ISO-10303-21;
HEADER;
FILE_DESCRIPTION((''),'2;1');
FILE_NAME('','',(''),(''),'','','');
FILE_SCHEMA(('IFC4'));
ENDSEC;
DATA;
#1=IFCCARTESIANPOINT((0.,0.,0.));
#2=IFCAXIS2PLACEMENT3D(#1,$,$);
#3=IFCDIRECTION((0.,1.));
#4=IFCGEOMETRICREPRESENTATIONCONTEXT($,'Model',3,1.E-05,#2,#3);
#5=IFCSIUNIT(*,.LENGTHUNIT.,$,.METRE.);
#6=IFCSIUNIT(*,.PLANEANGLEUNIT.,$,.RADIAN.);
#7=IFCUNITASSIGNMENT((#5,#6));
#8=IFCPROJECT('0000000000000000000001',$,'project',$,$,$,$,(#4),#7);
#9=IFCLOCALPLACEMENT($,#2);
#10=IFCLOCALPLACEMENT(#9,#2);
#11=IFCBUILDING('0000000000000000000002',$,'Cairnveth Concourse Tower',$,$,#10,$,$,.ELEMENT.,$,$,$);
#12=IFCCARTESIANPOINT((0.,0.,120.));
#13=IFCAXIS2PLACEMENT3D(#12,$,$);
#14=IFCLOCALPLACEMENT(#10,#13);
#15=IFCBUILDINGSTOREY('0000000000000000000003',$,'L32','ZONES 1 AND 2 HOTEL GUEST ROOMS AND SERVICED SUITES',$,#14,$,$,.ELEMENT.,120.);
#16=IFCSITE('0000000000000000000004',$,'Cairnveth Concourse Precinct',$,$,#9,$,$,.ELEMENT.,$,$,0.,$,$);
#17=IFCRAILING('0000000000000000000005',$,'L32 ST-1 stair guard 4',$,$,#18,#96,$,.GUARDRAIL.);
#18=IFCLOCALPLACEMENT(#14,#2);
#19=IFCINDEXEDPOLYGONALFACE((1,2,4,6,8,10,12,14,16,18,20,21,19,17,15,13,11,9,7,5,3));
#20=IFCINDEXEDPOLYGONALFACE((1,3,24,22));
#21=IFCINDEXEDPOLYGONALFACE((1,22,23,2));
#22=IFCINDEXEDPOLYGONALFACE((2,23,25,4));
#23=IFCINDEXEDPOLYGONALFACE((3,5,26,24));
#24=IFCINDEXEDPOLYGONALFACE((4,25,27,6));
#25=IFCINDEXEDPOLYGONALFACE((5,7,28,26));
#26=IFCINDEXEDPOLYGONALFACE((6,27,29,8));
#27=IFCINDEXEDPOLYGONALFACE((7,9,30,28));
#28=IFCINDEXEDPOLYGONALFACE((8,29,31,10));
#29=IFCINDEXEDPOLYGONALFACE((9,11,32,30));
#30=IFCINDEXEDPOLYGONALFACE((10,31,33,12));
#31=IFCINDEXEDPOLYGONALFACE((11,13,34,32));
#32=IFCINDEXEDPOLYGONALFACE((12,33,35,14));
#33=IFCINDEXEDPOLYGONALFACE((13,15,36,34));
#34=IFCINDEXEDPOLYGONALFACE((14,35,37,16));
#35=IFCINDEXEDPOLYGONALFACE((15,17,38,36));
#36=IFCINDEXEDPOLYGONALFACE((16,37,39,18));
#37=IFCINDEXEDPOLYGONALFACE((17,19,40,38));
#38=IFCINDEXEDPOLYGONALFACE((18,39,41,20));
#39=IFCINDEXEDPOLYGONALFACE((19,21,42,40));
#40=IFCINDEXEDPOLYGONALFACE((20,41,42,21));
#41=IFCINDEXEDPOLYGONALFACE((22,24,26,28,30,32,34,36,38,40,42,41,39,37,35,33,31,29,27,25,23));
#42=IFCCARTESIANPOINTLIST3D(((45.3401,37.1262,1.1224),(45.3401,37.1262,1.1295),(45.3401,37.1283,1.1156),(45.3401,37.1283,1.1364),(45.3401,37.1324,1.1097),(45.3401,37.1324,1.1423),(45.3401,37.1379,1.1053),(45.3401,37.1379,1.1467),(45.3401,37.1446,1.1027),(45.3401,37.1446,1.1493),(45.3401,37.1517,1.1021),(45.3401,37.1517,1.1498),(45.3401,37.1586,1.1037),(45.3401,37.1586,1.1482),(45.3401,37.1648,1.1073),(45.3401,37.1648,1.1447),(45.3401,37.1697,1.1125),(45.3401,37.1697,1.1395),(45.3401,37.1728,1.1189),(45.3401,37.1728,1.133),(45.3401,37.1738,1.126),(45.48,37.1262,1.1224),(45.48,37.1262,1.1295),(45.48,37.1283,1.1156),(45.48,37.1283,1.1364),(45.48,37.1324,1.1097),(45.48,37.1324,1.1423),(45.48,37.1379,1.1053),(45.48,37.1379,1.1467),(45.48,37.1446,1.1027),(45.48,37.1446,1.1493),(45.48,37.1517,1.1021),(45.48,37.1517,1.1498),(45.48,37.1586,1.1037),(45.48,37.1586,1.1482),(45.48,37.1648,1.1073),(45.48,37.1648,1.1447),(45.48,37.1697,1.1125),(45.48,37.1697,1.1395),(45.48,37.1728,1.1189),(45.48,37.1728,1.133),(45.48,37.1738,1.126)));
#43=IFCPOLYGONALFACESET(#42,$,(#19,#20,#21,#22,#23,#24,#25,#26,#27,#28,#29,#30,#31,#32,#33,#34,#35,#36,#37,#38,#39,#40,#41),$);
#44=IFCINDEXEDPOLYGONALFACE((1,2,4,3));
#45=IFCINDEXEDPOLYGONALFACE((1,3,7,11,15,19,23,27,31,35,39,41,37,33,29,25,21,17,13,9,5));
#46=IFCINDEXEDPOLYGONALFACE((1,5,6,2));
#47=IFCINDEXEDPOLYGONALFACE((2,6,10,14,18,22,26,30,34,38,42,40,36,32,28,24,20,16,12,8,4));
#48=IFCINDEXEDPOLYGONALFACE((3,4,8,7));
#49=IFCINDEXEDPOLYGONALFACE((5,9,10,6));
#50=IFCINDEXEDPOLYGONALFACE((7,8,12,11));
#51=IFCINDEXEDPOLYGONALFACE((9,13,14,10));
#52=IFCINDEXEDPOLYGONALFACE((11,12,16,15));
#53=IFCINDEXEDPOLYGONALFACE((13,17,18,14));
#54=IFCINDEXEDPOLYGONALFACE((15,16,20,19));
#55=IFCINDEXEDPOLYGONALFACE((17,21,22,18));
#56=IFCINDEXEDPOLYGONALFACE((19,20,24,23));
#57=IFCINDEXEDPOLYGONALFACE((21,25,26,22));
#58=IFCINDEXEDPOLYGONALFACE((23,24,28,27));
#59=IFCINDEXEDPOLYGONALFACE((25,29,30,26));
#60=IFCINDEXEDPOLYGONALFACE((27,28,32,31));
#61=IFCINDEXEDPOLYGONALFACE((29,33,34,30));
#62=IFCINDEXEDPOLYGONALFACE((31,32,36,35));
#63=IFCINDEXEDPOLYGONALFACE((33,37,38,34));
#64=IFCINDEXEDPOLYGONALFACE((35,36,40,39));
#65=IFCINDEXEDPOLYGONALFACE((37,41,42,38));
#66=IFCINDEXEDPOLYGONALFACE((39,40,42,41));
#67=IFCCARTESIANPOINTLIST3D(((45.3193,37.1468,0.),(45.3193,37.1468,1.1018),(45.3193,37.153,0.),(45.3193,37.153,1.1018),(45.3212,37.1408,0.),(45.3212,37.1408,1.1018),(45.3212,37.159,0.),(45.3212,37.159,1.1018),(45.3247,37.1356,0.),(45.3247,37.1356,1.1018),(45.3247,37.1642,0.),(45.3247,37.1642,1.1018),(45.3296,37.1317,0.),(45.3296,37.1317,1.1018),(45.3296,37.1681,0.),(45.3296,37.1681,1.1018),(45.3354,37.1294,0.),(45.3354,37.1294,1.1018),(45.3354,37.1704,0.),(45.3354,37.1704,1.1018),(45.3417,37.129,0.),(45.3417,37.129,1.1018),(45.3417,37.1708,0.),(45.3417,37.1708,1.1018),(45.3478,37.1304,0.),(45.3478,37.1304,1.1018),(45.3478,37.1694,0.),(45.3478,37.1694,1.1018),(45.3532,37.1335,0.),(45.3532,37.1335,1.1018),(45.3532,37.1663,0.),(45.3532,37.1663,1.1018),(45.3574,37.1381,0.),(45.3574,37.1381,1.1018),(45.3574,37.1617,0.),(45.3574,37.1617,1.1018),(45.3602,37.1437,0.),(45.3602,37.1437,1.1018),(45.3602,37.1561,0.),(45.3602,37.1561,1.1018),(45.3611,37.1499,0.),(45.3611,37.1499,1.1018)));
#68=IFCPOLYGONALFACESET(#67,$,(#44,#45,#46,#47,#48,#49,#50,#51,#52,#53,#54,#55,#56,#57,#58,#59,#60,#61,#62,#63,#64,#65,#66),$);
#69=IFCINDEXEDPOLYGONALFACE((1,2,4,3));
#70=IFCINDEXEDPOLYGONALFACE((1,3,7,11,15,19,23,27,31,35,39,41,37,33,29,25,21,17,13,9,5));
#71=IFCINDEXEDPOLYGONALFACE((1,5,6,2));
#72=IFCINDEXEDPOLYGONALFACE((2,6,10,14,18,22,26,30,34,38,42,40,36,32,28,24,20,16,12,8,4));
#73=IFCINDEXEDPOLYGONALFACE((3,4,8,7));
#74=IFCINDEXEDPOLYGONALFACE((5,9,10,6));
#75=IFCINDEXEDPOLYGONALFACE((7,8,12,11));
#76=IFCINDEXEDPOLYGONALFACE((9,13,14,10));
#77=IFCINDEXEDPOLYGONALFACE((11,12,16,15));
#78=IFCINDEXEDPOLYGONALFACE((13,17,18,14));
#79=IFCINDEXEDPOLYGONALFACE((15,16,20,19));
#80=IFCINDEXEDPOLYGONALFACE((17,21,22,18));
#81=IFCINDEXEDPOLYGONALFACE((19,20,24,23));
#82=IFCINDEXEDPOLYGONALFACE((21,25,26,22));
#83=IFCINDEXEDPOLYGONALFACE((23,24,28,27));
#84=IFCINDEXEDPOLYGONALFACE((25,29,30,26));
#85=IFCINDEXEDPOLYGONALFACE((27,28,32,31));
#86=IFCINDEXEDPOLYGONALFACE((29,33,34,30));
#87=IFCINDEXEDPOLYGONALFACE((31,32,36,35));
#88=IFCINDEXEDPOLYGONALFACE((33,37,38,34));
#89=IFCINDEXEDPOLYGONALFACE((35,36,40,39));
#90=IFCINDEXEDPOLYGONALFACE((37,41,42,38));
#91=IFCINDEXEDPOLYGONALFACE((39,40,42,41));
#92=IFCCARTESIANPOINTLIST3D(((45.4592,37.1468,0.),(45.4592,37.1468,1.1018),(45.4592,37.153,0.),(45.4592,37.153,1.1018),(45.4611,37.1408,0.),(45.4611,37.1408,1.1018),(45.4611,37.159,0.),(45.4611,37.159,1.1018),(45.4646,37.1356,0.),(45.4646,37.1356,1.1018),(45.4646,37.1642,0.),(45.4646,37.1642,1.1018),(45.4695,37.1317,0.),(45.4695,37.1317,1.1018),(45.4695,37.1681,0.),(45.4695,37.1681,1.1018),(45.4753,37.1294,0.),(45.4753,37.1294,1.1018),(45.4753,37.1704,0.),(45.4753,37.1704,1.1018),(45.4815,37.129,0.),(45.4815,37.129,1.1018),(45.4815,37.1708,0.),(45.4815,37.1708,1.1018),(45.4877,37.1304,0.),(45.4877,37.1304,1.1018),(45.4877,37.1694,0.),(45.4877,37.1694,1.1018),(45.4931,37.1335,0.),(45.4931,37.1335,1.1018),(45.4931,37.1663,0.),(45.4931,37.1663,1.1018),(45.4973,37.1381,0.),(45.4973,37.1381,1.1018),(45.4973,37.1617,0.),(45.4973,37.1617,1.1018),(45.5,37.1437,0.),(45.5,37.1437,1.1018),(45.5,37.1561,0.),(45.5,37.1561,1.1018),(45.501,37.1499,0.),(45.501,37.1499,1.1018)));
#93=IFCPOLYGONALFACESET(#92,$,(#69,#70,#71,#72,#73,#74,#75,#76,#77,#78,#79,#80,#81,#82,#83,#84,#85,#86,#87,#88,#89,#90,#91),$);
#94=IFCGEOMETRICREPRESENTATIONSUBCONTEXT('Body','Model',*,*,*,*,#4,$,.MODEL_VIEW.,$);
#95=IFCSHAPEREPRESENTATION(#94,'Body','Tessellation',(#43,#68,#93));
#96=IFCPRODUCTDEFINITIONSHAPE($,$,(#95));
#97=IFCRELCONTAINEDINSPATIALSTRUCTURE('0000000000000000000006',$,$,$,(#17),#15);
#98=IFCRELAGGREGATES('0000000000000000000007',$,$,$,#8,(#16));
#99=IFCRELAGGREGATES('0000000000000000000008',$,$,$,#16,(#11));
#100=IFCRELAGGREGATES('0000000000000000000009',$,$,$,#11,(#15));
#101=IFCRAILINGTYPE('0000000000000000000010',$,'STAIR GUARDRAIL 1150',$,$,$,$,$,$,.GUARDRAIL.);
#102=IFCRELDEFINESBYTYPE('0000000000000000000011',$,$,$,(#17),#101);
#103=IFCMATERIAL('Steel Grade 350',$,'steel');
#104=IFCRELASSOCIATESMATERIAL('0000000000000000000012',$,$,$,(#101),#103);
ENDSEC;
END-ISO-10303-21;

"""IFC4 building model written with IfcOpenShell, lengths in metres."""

from ifc_helpers import new_model, si_unit, direction, frame, origin, origin_2d, place, context, subcontext, project, spatial, circle, extrude, material, type_object, element, save


model = new_model("IFC4")

# Units and contexts
model_context = context("Model", 3, precision=1e-05, world=origin(), true_north=direction((0.0, 1.0)))
body_context = subcontext(model_context, "Body", "Model", "MODEL_VIEW")
ifc_project = project(units=[si_unit("LENGTHUNIT", "METRE"), si_unit("PLANEANGLEUNIT", "RADIAN")], contexts=[model_context])

# Site, building, storey
site_placement = place(None, origin())
site = spatial("IfcSite", under=ifc_project, at=site_placement, Name="Cairnveth Concourse Precinct", CompositionType="ELEMENT", RefElevation=0.0)
building_placement = place(site_placement, origin())
building = spatial("IfcBuilding", under=site, at=building_placement, Name="Cairnveth Concourse Tower", CompositionType="ELEMENT")
storey_placement = place(building_placement, frame((0.0, 0.0, 120.0)))
storey = spatial("IfcBuildingStorey", under=building, at=storey_placement, Name="L32", Description="ZONES 1 AND 2 HOTEL GUEST ROOMS AND SERVICED SUITES", CompositionType="ELEMENT", Elevation=120.0)

# Shared definitions
ifc_material_1 = material(Name="Steel Grade 350", Category="steel")

# Railing
railing_type_1 = type_object("IfcRailingType", Name="STAIR GUARDRAIL 1150", PredefinedType="GUARDRAIL", material=ifc_material_1)
railing_1_placement = place(storey_placement, frame((45.3401, 37.1499, 0.0)))
element("IfcRailing", 1, at=railing_1_placement, inside=storey, type_object=railing_type_1, Name="L32 ST-1 stair guard 4", PredefinedType="GUARDRAIL", context=body_context, shape_type="SweptSolid", body=[
    extrude(circle(Radius=0.0239, at=origin_2d()), frame((0.0, 0.0, 1.126), z_axis=(1.0, 0.0, 0.0), x_axis=(0.0, 1.0, 0.0)), (0.0, 0.0, 1.0), 0.1399),
    extrude(circle(Radius=0.021, at=origin_2d()), origin(), (0.0, 0.0, 1.0), 1.1018),
    extrude(circle(Radius=0.021, at=origin_2d()), frame((0.1399, 0.0, 0.0)), (0.0, 0.0, 1.0), 1.1018),
])

save(model, "model.ifc")
